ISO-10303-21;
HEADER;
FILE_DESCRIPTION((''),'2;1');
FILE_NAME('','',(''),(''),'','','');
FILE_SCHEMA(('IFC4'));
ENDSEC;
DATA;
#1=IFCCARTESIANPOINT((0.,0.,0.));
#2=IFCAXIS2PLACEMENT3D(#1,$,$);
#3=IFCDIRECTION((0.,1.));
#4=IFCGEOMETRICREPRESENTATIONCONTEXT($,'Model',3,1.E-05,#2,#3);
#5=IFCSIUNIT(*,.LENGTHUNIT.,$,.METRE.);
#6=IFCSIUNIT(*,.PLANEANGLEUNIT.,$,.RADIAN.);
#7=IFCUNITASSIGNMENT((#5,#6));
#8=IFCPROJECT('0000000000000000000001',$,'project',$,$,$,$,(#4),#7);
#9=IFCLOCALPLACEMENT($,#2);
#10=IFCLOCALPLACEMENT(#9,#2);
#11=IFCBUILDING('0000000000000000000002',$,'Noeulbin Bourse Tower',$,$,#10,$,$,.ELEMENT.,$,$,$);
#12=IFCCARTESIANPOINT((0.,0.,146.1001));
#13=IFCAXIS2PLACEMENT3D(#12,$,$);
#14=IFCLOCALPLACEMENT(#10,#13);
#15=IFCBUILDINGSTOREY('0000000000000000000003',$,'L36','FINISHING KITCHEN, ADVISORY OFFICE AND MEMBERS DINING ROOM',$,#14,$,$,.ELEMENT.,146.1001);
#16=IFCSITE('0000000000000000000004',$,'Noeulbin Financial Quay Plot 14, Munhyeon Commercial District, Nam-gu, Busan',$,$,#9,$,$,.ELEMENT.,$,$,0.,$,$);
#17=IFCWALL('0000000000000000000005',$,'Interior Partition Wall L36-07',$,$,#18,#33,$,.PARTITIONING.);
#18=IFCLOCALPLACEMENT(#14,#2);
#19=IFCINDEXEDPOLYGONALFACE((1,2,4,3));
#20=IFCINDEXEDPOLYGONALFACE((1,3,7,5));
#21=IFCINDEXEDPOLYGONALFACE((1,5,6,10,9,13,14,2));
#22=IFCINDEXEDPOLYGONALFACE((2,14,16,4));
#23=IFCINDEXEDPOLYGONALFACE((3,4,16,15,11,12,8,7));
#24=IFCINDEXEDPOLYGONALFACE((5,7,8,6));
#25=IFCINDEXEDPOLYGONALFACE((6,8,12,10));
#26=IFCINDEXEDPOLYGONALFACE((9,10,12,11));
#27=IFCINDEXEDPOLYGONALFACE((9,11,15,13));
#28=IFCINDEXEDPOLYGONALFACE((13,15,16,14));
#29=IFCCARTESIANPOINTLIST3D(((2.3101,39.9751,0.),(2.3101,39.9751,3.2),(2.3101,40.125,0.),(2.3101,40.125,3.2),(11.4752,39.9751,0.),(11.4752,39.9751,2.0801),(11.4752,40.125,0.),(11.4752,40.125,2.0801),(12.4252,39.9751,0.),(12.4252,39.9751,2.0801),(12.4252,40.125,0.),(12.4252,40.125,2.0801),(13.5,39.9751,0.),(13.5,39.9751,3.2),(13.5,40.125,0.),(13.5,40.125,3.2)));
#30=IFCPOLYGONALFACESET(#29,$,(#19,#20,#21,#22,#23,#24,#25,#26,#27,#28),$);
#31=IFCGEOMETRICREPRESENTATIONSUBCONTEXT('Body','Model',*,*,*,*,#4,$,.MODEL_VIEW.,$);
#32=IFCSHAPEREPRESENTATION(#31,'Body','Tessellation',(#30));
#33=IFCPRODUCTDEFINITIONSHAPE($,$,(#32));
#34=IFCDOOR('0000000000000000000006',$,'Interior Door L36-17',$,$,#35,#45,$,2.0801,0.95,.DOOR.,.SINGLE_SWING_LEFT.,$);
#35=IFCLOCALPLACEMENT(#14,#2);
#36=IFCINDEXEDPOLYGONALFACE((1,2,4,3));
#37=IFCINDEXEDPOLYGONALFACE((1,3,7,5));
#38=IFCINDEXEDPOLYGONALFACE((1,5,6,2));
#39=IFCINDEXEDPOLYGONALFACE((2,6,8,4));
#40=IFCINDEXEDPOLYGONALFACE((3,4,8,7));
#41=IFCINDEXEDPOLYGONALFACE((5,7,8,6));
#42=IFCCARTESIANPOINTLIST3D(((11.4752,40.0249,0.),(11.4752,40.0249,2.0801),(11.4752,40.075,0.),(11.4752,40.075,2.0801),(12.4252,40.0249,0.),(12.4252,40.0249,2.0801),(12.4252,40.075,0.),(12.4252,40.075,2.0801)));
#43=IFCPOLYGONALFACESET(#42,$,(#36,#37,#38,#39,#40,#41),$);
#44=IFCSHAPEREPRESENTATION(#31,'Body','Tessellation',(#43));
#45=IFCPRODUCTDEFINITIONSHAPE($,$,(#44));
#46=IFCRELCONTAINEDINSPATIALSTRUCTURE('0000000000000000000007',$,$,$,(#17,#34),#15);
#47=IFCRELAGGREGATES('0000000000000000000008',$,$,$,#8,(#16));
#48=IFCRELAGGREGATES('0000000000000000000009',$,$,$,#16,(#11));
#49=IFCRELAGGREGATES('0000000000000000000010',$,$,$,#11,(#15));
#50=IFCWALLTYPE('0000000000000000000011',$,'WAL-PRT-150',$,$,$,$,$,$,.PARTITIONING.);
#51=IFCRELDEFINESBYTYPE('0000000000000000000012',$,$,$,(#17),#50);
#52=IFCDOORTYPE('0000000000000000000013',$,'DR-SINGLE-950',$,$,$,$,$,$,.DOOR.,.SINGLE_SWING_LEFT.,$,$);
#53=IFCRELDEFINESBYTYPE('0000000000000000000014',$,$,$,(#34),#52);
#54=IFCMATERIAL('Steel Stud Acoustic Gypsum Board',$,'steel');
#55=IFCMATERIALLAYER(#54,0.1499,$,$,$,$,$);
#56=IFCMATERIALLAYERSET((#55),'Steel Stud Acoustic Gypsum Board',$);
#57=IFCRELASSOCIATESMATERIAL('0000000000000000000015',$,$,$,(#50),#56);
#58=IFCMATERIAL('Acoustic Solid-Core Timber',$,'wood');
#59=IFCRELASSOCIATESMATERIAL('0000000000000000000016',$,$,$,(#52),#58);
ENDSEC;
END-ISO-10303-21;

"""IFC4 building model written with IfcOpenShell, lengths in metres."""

from ifc_helpers import new_model, si_unit, direction, frame, frame_2d, origin, place, context, subcontext, project, spatial, rectangle, extrude, material, layer, layer_set, type_object, element, fill, save


model = new_model("IFC4")

# Units and contexts
model_context = context("Model", 3, precision=1e-05, world=origin(), true_north=direction((0.0, 1.0)))
body_context = subcontext(model_context, "Body", "Model", "MODEL_VIEW")
ifc_project = project(units=[si_unit("LENGTHUNIT", "METRE"), si_unit("PLANEANGLEUNIT", "RADIAN")], contexts=[model_context])

# Site, building, storey
site_placement = place(None, origin())
site = spatial("IfcSite", under=ifc_project, at=site_placement, Name="Noeulbin Financial Quay Plot 14, Munhyeon Commercial District, Nam-gu, Busan", CompositionType="ELEMENT", RefElevation=0.0)
building_placement = place(site_placement, origin())
building = spatial("IfcBuilding", under=site, at=building_placement, Name="Noeulbin Bourse Tower", CompositionType="ELEMENT")
storey_placement = place(building_placement, frame((0.0, 0.0, 146.1001)))
storey = spatial("IfcBuildingStorey", under=building, at=storey_placement, Name="L36", Description="FINISHING KITCHEN, ADVISORY OFFICE AND MEMBERS DINING ROOM", CompositionType="ELEMENT", Elevation=146.1001)

# Wall, opening, door
ifc_material_1 = material(Name="Steel Stud Acoustic Gypsum Board", Category="steel")
ifc_layer_1 = layer(ifc_material_1, 0.1499)
ifc_layer_set_1 = layer_set([ifc_layer_1], Name="Steel Stud Acoustic Gypsum Board")
wall_type_1 = type_object("IfcWallType", Name="WAL-PRT-150", PredefinedType="PARTITIONING", material=ifc_layer_set_1)
wall_1_placement = place(storey_placement, frame((2.3101, 40.05, 0.0), z_axis=(0.0, 0.0, 1.0), x_axis=(1.0, 0.0, 0.0)))
wall_1 = element("IfcWall", 1, at=wall_1_placement, inside=storey, type_object=wall_type_1, Name="Interior Partition Wall L36-07", PredefinedType="PARTITIONING", context=body_context, shape_type="SweptSolid", body=[
    extrude(rectangle(XDim=11.1899, YDim=0.1499, at=frame_2d((5.595, 0.0))), origin(), (0.0, 0.0, 1.0), 3.2),
])
opening_placement = place(wall_1_placement, frame((9.165, 0.0, 0.0)))
opening = element("IfcOpeningElement", 2, at=opening_placement, cuts=wall_1, PredefinedType="OPENING", context=body_context, shape_type="SweptSolid", body=[
    extrude(rectangle(XDim=0.95, YDim=2.0801, at=frame_2d((0.4751, 1.04))), frame((0.0, 0.085, 0.0), z_axis=(0.0, -1.0, 0.0), x_axis=(1.0, 0.0, 0.0)), (0.0, 0.0, 1.0), 0.1699),
])
ifc_material_2 = material(Name="Acoustic Solid-Core Timber", Category="wood")
door_type = type_object("IfcDoorType", Name="DR-SINGLE-950", OperationType="SINGLE_SWING_LEFT", PredefinedType="DOOR", material=ifc_material_2)
door_placement = place(opening_placement, origin())
door = element("IfcDoor", 3, at=door_placement, inside=storey, type_object=door_type, Name="Interior Door L36-17", OperationType="SINGLE_SWING_LEFT", OverallHeight=2.0801, OverallWidth=0.95, PredefinedType="DOOR", context=body_context, shape_type="SweptSolid", body=[
    extrude(rectangle(XDim=0.95, YDim=2.0801, at=frame_2d((0.4751, 1.04))), frame((0.0, 0.0249, 0.0), z_axis=(0.0, -1.0, 0.0), x_axis=(1.0, 0.0, 0.0)), (0.0, 0.0, 1.0), 0.05),
])
fill(opening, door)

save(model, "model.ifc")
